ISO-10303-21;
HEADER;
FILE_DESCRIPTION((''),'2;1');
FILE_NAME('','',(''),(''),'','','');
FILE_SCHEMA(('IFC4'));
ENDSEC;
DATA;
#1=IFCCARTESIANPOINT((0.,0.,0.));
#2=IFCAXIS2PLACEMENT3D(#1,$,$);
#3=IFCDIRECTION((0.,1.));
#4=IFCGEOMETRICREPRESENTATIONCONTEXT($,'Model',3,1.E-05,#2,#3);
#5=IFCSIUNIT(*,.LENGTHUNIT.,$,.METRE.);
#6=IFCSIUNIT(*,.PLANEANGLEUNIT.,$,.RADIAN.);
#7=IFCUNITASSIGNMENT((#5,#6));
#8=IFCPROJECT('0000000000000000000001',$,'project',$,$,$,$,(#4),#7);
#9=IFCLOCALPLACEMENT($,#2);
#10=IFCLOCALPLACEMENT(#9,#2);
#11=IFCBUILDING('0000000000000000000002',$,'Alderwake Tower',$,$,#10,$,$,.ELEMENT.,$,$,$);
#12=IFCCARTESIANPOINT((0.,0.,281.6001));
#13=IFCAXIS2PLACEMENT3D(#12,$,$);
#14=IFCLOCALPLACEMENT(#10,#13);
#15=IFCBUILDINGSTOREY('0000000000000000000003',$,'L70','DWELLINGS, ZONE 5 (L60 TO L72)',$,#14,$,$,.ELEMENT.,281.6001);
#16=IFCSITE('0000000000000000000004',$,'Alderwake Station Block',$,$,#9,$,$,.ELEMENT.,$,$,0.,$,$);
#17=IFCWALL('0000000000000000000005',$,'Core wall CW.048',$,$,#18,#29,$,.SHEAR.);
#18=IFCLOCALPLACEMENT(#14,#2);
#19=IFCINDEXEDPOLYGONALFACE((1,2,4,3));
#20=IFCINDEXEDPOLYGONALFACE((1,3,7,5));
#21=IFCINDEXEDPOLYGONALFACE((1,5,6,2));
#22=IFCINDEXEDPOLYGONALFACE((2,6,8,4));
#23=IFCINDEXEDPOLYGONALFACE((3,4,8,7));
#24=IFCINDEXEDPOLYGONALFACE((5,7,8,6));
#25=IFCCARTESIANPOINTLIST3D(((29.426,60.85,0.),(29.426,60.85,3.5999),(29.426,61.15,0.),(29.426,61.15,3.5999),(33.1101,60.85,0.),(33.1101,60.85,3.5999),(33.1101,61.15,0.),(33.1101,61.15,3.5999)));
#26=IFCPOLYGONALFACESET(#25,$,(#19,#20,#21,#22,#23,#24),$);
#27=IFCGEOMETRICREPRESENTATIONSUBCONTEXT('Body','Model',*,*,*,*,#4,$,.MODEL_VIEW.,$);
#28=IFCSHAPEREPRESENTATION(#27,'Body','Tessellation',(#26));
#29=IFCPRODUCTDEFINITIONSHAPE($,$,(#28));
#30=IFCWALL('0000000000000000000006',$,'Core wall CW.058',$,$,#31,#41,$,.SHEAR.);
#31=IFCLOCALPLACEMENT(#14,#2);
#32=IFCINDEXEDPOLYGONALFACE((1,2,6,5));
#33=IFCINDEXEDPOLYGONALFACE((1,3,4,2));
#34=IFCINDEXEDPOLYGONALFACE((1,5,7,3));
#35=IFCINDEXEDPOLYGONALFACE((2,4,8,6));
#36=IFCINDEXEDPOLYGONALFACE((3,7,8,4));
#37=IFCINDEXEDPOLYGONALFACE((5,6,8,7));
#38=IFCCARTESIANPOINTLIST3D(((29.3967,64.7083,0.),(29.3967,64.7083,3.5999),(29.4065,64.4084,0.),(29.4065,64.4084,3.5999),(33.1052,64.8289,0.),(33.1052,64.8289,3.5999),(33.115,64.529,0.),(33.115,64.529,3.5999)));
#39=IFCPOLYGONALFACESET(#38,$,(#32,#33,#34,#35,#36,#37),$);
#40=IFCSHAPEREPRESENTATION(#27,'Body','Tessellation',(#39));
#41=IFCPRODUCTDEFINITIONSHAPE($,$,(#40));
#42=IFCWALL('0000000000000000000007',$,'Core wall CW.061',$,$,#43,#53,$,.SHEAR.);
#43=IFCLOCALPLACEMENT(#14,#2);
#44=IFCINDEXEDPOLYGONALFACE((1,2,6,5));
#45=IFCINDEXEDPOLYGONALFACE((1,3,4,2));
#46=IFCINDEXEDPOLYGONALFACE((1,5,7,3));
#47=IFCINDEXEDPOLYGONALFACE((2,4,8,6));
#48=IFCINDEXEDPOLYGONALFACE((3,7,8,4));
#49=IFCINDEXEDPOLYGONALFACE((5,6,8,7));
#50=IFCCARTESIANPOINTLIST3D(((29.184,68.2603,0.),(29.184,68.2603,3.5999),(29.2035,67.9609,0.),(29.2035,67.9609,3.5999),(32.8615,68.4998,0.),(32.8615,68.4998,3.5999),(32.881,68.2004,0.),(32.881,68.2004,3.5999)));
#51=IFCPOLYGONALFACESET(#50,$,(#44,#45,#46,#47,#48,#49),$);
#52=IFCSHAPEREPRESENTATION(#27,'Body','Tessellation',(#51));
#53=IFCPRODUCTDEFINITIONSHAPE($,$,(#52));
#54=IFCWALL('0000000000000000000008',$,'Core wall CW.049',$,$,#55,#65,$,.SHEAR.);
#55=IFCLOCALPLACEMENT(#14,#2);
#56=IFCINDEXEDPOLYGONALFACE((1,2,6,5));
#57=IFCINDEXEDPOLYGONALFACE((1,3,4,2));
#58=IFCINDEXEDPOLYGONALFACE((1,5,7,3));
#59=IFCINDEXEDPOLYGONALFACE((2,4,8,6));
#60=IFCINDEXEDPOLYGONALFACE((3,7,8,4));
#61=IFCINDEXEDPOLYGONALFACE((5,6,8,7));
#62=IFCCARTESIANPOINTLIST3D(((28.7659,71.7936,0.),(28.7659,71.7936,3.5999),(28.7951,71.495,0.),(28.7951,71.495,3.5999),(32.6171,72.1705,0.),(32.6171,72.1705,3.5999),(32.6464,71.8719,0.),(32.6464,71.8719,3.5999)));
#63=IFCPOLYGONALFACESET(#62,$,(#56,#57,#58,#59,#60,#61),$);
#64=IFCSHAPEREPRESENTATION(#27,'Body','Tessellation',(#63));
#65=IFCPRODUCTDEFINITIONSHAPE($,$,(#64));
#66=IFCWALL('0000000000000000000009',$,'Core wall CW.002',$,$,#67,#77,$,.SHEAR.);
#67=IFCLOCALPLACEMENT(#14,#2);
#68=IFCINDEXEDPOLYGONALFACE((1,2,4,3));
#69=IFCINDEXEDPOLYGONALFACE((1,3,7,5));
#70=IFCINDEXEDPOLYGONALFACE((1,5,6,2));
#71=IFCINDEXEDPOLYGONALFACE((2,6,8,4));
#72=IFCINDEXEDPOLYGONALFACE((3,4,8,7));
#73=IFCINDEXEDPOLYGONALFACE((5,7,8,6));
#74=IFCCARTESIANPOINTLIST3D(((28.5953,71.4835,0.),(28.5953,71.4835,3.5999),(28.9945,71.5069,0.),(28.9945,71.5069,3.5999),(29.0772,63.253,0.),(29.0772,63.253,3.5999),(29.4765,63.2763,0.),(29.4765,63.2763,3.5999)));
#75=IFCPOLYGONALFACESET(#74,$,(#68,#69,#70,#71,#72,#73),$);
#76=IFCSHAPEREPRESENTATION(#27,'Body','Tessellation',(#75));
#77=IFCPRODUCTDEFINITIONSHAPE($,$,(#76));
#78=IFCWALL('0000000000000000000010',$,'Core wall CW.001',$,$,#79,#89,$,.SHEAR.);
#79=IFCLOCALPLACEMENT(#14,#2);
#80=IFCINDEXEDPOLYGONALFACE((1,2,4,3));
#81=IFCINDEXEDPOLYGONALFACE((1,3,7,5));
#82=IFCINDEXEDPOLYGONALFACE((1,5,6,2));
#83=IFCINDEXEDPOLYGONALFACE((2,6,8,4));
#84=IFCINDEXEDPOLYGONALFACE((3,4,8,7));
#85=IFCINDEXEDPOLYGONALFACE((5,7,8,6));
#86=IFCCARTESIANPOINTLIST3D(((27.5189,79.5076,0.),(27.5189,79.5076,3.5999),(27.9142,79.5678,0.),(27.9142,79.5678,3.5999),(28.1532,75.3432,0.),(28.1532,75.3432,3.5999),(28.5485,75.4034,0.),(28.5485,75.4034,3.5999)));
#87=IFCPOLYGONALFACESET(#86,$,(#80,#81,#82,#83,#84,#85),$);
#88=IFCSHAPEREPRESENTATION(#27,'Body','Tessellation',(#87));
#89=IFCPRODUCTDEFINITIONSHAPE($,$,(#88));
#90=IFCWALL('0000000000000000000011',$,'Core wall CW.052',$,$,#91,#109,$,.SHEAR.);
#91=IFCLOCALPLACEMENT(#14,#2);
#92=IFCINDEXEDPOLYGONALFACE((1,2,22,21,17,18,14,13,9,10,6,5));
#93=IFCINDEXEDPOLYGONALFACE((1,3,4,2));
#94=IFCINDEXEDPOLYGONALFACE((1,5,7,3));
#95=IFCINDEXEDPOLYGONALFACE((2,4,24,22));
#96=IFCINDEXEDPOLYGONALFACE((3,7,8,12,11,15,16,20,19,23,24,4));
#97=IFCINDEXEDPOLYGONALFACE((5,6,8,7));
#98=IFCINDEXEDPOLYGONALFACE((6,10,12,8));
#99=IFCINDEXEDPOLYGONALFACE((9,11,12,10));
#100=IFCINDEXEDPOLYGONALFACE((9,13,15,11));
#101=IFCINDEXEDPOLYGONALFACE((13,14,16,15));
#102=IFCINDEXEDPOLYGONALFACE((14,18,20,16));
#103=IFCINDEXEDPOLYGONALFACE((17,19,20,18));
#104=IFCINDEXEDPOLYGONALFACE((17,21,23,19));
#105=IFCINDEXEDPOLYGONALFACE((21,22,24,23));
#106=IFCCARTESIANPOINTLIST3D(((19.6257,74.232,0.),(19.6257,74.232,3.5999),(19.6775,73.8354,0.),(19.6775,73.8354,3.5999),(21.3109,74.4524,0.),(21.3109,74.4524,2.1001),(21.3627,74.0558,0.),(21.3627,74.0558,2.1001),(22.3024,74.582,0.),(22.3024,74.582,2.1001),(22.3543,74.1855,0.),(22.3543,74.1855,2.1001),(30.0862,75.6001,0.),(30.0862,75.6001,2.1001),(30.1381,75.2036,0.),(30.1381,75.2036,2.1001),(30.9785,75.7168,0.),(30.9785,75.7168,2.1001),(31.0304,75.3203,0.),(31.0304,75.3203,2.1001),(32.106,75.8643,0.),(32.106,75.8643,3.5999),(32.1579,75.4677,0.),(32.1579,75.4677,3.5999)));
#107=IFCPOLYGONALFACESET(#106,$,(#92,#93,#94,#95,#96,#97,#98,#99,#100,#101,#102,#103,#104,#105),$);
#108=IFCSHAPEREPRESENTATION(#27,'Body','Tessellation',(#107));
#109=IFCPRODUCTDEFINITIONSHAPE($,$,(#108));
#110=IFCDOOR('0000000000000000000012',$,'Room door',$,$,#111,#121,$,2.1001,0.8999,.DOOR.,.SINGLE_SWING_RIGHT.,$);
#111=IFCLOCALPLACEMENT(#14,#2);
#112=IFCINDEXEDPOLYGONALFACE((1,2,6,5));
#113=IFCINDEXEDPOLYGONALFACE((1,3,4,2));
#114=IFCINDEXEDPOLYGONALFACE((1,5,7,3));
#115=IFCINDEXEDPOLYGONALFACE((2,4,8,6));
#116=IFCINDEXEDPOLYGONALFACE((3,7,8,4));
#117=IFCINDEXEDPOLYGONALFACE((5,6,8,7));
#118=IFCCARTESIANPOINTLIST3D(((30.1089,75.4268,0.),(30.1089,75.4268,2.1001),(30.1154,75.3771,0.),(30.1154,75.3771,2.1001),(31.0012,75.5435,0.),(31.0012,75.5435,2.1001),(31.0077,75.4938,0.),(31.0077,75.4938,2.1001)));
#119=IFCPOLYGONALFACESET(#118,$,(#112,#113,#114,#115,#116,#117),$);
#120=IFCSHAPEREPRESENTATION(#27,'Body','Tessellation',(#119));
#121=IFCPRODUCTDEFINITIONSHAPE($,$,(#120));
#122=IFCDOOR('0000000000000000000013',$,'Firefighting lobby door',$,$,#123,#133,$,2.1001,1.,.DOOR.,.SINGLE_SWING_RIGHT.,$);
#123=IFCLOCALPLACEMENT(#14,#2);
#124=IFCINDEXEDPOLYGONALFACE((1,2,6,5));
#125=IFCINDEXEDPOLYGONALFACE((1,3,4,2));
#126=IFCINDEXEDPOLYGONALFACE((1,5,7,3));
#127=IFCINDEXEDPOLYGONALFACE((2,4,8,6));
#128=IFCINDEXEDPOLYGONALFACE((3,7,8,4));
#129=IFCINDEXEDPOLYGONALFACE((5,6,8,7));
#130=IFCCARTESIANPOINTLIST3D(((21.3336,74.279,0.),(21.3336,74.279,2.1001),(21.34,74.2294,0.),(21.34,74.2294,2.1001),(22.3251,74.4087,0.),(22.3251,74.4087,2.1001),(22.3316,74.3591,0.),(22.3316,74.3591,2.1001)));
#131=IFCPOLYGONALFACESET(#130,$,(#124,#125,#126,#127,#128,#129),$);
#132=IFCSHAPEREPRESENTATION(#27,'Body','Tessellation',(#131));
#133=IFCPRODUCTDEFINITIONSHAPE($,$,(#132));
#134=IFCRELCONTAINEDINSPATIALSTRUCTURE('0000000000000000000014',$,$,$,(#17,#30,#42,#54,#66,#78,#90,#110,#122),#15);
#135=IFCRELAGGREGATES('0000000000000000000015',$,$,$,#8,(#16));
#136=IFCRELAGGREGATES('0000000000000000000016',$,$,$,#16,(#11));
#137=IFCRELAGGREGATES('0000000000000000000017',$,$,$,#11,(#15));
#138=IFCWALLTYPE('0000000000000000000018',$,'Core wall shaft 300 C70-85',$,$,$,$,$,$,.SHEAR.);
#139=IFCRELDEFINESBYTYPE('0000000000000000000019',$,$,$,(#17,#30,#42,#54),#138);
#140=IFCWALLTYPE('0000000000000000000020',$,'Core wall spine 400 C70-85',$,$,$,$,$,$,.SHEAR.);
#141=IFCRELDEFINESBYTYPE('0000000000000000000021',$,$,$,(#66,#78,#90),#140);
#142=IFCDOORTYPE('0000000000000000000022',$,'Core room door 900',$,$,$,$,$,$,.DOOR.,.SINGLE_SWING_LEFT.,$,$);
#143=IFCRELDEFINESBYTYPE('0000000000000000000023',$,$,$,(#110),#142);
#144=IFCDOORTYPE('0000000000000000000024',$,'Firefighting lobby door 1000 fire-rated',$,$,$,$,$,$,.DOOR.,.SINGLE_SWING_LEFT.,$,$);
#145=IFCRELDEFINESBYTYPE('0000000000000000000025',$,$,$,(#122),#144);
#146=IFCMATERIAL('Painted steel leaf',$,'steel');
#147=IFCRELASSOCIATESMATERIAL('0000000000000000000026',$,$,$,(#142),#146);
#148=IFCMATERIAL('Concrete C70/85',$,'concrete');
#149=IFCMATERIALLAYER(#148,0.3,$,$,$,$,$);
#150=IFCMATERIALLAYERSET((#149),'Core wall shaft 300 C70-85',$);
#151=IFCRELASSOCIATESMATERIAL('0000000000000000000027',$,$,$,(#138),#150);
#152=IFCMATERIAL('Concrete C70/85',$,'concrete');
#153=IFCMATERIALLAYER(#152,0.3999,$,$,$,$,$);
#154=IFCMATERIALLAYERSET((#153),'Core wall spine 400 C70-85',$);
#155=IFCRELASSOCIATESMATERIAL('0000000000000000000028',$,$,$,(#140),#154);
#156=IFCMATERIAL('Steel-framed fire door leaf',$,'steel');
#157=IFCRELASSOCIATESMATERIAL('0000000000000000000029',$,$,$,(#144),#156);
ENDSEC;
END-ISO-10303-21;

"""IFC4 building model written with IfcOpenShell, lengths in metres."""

from ifc_helpers import new_model, si_unit, direction, frame, frame_2d, origin, place, context, subcontext, project, spatial, rectangle, extrude, material, layer, layer_set, type_object, element, fill, save


model = new_model("IFC4")

# Units and contexts
model_context = context("Model", 3, precision=1e-05, world=origin(), true_north=direction((0.0, 1.0)))
body_context = subcontext(model_context, "Body", "Model", "MODEL_VIEW")
ifc_project = project(units=[si_unit("LENGTHUNIT", "METRE"), si_unit("PLANEANGLEUNIT", "RADIAN")], contexts=[model_context])

# Site, building, storey
site_placement = place(None, origin())
site = spatial("IfcSite", under=ifc_project, at=site_placement, Name="Alderwake Station Block", CompositionType="ELEMENT", RefElevation=0.0)
building_placement = place(site_placement, origin())
building = spatial("IfcBuilding", under=site, at=building_placement, Name="Alderwake Tower", CompositionType="ELEMENT")
storey_placement = place(building_placement, frame((0.0, 0.0, 281.6001)))
storey = spatial("IfcBuildingStorey", under=building, at=storey_placement, Name="L70", Description="DWELLINGS, ZONE 5 (L60 TO L72)", CompositionType="ELEMENT", Elevation=281.6001)

# Shared definitions
ifc_material_1 = material(Name="Painted steel leaf", Category="steel")
door_type_1 = type_object("IfcDoorType", Name="Core room door 900", OperationType="SINGLE_SWING_LEFT", PredefinedType="DOOR", material=ifc_material_1)

# Walls
ifc_material_2 = material(Name="Concrete C70/85", Category="concrete")
ifc_layer_1 = layer(ifc_material_2, 0.3)
ifc_layer_set_1 = layer_set([ifc_layer_1], Name="Core wall shaft 300 C70-85")
wall_type_1 = type_object("IfcWallType", Name="Core wall shaft 300 C70-85", PredefinedType="SHEAR", material=ifc_layer_set_1)
wall_1_placement = place(storey_placement, frame((29.426, 61.0, 0.0), z_axis=(0.0, 0.0, 1.0), x_axis=(1.0, 0.0, 0.0)))
element("IfcWall", 1, at=wall_1_placement, inside=storey, type_object=wall_type_1, Name="Core wall CW.048", PredefinedType="SHEAR", context=body_context, shape_type="SweptSolid", body=[
    extrude(rectangle(XDim=3.6841, YDim=0.3, at=frame_2d((1.842, 0.0))), origin(), (0.0, 0.0, 1.0), 3.5999),
])
wall_2_placement = place(storey_placement, frame((29.4016, 64.5583, 0.0), z_axis=(0.0, 0.0, 1.0), x_axis=(0.999472, 0.032504, 0.0)))
element("IfcWall", 2, at=wall_2_placement, inside=storey, type_object=wall_type_1, Name="Core wall CW.058", PredefinedType="SHEAR", context=body_context, shape_type="SweptSolid", body=[
    extrude(rectangle(XDim=3.7104, YDim=0.3, at=frame_2d((1.8552, 0.0))), origin(), (0.0, 0.0, 1.0), 3.5999),
])
wall_3_placement = place(storey_placement, frame((29.1936, 68.1106, 0.0), z_axis=(0.0, 0.0, 1.0), x_axis=(0.997886, 0.064989, 0.0)))
element("IfcWall", 3, at=wall_3_placement, inside=storey, type_object=wall_type_1, Name="Core wall CW.061", PredefinedType="SHEAR", context=body_context, shape_type="SweptSolid", body=[
    extrude(rectangle(XDim=3.6853, YDim=0.3, at=frame_2d((1.8428, 0.0))), origin(), (0.0, 0.0, 1.0), 3.5999),
])
wall_4_placement = place(storey_placement, frame((28.7805, 71.6443, 0.0), z_axis=(0.0, 0.0, 1.0), x_axis=(0.995244, 0.097411, 0.0)))
element("IfcWall", 4, at=wall_4_placement, inside=storey, type_object=wall_type_1, Name="Core wall CW.049", PredefinedType="SHEAR", context=body_context, shape_type="SweptSolid", body=[
    extrude(rectangle(XDim=3.8696, YDim=0.3, at=frame_2d((1.9348, 0.0))), origin(), (0.0, 0.0, 1.0), 3.5999),
])
ifc_material_3 = material(Name="Concrete C70/85", Category="concrete")
ifc_layer_2 = layer(ifc_material_3, 0.3999)
ifc_layer_set_2 = layer_set([ifc_layer_2], Name="Core wall spine 400 C70-85")
wall_type_2 = type_object("IfcWallType", Name="Core wall spine 400 C70-85", PredefinedType="SHEAR", material=ifc_layer_set_2)
wall_5_placement = place(storey_placement, frame((29.2769, 63.2646, 0.0), z_axis=(0.0, 0.0, 1.0), x_axis=(-0.058455, 0.99829, 0.0)))
element("IfcWall", 5, at=wall_5_placement, inside=storey, type_object=wall_type_2, Name="Core wall CW.002", PredefinedType="SHEAR", context=body_context, shape_type="SweptSolid", body=[
    extrude(rectangle(XDim=8.2446, YDim=0.3999, at=frame_2d((4.1223, 0.0))), origin(), (0.0, 0.0, 1.0), 3.5999),
])
wall_6_placement = place(storey_placement, frame((28.3508, 75.3733, 0.0), z_axis=(0.0, 0.0, 1.0), x_axis=(-0.150576, 0.988598, 0.0)))
element("IfcWall", 6, at=wall_6_placement, inside=storey, type_object=wall_type_2, Name="Core wall CW.001", PredefinedType="SHEAR", context=body_context, shape_type="SweptSolid", body=[
    extrude(rectangle(XDim=4.2124, YDim=0.3999, at=frame_2d((2.1062, 0.0))), origin(), (0.0, 0.0, 1.0), 3.5999),
])

# Wall, openings, doors
wall_7_placement = place(storey_placement, frame((32.1321, 75.666, 0.0), z_axis=(0.0, 0.0, 1.0), x_axis=(-0.991555, -0.129686, 0.0)))
wall_7 = element("IfcWall", 7, at=wall_7_placement, inside=storey, type_object=wall_type_2, Name="Core wall CW.052", PredefinedType="SHEAR", context=body_context, shape_type="SweptSolid", body=[
    extrude(rectangle(XDim=12.5867, YDim=0.3999, at=frame_2d((6.2935, 0.0))), origin(), (0.0, 0.0, 1.0), 3.5999),
])
opening_1_placement = place(wall_7_placement, frame((9.8872, 0.0, 0.0)))
opening_1 = element("IfcOpeningElement", 8, at=opening_1_placement, cuts=wall_7, PredefinedType="OPENING", context=body_context, shape_type="SweptSolid", body=[
    extrude(rectangle(XDim=1.0, YDim=2.1001, at=frame_2d((0.5, 1.05))), frame((0.0, 0.21, 0.0), z_axis=(0.0, -1.0, 0.0), x_axis=(1.0, 0.0, 0.0)), (0.0, 0.0, 1.0), 0.4199),
])
opening_2_placement = place(wall_7_placement, frame((1.1372, 0.0, 0.0)))
opening_2 = element("IfcOpeningElement", 9, at=opening_2_placement, cuts=wall_7, PredefinedType="OPENING", context=body_context, shape_type="SweptSolid", body=[
    extrude(rectangle(XDim=0.8999, YDim=2.1001, at=frame_2d((0.45, 1.05))), frame((0.0, 0.21, 0.0), z_axis=(0.0, -1.0, 0.0), x_axis=(1.0, 0.0, 0.0)), (0.0, 0.0, 1.0), 0.4199),
])
door_1_placement = place(opening_2_placement, origin())
door_1 = element("IfcDoor", 10, at=door_1_placement, inside=storey, type_object=door_type_1, Name="Room door", OperationType="SINGLE_SWING_RIGHT", OverallHeight=2.1001, OverallWidth=0.8999, PredefinedType="DOOR", context=body_context, shape_type="SweptSolid", body=[
    extrude(rectangle(XDim=0.8999, YDim=2.1001, at=frame_2d((0.45, 1.05))), frame((0.0, 0.0249, 0.0), z_axis=(0.0, -1.0, 0.0), x_axis=(1.0, 0.0, 0.0)), (0.0, 0.0, 1.0), 0.05),
])
fill(opening_2, door_1)
ifc_material_4 = material(Name="Steel-framed fire door leaf", Category="steel")
door_type_2 = type_object("IfcDoorType", Name="Firefighting lobby door 1000 fire-rated", OperationType="SINGLE_SWING_LEFT", PredefinedType="DOOR", material=ifc_material_4)
door_2_placement = place(opening_1_placement, origin())
door_2 = element("IfcDoor", 11, at=door_2_placement, inside=storey, type_object=door_type_2, Name="Firefighting lobby door", OperationType="SINGLE_SWING_RIGHT", OverallHeight=2.1001, OverallWidth=1.0, PredefinedType="DOOR", context=body_context, shape_type="SweptSolid", body=[
    extrude(rectangle(XDim=1.0, YDim=2.1001, at=frame_2d((0.5, 1.05))), frame((0.0, 0.0249, 0.0), z_axis=(0.0, -1.0, 0.0), x_axis=(1.0, 0.0, 0.0)), (0.0, 0.0, 1.0), 0.05),
])
fill(opening_1, door_2)

save(model, "model.ifc")
